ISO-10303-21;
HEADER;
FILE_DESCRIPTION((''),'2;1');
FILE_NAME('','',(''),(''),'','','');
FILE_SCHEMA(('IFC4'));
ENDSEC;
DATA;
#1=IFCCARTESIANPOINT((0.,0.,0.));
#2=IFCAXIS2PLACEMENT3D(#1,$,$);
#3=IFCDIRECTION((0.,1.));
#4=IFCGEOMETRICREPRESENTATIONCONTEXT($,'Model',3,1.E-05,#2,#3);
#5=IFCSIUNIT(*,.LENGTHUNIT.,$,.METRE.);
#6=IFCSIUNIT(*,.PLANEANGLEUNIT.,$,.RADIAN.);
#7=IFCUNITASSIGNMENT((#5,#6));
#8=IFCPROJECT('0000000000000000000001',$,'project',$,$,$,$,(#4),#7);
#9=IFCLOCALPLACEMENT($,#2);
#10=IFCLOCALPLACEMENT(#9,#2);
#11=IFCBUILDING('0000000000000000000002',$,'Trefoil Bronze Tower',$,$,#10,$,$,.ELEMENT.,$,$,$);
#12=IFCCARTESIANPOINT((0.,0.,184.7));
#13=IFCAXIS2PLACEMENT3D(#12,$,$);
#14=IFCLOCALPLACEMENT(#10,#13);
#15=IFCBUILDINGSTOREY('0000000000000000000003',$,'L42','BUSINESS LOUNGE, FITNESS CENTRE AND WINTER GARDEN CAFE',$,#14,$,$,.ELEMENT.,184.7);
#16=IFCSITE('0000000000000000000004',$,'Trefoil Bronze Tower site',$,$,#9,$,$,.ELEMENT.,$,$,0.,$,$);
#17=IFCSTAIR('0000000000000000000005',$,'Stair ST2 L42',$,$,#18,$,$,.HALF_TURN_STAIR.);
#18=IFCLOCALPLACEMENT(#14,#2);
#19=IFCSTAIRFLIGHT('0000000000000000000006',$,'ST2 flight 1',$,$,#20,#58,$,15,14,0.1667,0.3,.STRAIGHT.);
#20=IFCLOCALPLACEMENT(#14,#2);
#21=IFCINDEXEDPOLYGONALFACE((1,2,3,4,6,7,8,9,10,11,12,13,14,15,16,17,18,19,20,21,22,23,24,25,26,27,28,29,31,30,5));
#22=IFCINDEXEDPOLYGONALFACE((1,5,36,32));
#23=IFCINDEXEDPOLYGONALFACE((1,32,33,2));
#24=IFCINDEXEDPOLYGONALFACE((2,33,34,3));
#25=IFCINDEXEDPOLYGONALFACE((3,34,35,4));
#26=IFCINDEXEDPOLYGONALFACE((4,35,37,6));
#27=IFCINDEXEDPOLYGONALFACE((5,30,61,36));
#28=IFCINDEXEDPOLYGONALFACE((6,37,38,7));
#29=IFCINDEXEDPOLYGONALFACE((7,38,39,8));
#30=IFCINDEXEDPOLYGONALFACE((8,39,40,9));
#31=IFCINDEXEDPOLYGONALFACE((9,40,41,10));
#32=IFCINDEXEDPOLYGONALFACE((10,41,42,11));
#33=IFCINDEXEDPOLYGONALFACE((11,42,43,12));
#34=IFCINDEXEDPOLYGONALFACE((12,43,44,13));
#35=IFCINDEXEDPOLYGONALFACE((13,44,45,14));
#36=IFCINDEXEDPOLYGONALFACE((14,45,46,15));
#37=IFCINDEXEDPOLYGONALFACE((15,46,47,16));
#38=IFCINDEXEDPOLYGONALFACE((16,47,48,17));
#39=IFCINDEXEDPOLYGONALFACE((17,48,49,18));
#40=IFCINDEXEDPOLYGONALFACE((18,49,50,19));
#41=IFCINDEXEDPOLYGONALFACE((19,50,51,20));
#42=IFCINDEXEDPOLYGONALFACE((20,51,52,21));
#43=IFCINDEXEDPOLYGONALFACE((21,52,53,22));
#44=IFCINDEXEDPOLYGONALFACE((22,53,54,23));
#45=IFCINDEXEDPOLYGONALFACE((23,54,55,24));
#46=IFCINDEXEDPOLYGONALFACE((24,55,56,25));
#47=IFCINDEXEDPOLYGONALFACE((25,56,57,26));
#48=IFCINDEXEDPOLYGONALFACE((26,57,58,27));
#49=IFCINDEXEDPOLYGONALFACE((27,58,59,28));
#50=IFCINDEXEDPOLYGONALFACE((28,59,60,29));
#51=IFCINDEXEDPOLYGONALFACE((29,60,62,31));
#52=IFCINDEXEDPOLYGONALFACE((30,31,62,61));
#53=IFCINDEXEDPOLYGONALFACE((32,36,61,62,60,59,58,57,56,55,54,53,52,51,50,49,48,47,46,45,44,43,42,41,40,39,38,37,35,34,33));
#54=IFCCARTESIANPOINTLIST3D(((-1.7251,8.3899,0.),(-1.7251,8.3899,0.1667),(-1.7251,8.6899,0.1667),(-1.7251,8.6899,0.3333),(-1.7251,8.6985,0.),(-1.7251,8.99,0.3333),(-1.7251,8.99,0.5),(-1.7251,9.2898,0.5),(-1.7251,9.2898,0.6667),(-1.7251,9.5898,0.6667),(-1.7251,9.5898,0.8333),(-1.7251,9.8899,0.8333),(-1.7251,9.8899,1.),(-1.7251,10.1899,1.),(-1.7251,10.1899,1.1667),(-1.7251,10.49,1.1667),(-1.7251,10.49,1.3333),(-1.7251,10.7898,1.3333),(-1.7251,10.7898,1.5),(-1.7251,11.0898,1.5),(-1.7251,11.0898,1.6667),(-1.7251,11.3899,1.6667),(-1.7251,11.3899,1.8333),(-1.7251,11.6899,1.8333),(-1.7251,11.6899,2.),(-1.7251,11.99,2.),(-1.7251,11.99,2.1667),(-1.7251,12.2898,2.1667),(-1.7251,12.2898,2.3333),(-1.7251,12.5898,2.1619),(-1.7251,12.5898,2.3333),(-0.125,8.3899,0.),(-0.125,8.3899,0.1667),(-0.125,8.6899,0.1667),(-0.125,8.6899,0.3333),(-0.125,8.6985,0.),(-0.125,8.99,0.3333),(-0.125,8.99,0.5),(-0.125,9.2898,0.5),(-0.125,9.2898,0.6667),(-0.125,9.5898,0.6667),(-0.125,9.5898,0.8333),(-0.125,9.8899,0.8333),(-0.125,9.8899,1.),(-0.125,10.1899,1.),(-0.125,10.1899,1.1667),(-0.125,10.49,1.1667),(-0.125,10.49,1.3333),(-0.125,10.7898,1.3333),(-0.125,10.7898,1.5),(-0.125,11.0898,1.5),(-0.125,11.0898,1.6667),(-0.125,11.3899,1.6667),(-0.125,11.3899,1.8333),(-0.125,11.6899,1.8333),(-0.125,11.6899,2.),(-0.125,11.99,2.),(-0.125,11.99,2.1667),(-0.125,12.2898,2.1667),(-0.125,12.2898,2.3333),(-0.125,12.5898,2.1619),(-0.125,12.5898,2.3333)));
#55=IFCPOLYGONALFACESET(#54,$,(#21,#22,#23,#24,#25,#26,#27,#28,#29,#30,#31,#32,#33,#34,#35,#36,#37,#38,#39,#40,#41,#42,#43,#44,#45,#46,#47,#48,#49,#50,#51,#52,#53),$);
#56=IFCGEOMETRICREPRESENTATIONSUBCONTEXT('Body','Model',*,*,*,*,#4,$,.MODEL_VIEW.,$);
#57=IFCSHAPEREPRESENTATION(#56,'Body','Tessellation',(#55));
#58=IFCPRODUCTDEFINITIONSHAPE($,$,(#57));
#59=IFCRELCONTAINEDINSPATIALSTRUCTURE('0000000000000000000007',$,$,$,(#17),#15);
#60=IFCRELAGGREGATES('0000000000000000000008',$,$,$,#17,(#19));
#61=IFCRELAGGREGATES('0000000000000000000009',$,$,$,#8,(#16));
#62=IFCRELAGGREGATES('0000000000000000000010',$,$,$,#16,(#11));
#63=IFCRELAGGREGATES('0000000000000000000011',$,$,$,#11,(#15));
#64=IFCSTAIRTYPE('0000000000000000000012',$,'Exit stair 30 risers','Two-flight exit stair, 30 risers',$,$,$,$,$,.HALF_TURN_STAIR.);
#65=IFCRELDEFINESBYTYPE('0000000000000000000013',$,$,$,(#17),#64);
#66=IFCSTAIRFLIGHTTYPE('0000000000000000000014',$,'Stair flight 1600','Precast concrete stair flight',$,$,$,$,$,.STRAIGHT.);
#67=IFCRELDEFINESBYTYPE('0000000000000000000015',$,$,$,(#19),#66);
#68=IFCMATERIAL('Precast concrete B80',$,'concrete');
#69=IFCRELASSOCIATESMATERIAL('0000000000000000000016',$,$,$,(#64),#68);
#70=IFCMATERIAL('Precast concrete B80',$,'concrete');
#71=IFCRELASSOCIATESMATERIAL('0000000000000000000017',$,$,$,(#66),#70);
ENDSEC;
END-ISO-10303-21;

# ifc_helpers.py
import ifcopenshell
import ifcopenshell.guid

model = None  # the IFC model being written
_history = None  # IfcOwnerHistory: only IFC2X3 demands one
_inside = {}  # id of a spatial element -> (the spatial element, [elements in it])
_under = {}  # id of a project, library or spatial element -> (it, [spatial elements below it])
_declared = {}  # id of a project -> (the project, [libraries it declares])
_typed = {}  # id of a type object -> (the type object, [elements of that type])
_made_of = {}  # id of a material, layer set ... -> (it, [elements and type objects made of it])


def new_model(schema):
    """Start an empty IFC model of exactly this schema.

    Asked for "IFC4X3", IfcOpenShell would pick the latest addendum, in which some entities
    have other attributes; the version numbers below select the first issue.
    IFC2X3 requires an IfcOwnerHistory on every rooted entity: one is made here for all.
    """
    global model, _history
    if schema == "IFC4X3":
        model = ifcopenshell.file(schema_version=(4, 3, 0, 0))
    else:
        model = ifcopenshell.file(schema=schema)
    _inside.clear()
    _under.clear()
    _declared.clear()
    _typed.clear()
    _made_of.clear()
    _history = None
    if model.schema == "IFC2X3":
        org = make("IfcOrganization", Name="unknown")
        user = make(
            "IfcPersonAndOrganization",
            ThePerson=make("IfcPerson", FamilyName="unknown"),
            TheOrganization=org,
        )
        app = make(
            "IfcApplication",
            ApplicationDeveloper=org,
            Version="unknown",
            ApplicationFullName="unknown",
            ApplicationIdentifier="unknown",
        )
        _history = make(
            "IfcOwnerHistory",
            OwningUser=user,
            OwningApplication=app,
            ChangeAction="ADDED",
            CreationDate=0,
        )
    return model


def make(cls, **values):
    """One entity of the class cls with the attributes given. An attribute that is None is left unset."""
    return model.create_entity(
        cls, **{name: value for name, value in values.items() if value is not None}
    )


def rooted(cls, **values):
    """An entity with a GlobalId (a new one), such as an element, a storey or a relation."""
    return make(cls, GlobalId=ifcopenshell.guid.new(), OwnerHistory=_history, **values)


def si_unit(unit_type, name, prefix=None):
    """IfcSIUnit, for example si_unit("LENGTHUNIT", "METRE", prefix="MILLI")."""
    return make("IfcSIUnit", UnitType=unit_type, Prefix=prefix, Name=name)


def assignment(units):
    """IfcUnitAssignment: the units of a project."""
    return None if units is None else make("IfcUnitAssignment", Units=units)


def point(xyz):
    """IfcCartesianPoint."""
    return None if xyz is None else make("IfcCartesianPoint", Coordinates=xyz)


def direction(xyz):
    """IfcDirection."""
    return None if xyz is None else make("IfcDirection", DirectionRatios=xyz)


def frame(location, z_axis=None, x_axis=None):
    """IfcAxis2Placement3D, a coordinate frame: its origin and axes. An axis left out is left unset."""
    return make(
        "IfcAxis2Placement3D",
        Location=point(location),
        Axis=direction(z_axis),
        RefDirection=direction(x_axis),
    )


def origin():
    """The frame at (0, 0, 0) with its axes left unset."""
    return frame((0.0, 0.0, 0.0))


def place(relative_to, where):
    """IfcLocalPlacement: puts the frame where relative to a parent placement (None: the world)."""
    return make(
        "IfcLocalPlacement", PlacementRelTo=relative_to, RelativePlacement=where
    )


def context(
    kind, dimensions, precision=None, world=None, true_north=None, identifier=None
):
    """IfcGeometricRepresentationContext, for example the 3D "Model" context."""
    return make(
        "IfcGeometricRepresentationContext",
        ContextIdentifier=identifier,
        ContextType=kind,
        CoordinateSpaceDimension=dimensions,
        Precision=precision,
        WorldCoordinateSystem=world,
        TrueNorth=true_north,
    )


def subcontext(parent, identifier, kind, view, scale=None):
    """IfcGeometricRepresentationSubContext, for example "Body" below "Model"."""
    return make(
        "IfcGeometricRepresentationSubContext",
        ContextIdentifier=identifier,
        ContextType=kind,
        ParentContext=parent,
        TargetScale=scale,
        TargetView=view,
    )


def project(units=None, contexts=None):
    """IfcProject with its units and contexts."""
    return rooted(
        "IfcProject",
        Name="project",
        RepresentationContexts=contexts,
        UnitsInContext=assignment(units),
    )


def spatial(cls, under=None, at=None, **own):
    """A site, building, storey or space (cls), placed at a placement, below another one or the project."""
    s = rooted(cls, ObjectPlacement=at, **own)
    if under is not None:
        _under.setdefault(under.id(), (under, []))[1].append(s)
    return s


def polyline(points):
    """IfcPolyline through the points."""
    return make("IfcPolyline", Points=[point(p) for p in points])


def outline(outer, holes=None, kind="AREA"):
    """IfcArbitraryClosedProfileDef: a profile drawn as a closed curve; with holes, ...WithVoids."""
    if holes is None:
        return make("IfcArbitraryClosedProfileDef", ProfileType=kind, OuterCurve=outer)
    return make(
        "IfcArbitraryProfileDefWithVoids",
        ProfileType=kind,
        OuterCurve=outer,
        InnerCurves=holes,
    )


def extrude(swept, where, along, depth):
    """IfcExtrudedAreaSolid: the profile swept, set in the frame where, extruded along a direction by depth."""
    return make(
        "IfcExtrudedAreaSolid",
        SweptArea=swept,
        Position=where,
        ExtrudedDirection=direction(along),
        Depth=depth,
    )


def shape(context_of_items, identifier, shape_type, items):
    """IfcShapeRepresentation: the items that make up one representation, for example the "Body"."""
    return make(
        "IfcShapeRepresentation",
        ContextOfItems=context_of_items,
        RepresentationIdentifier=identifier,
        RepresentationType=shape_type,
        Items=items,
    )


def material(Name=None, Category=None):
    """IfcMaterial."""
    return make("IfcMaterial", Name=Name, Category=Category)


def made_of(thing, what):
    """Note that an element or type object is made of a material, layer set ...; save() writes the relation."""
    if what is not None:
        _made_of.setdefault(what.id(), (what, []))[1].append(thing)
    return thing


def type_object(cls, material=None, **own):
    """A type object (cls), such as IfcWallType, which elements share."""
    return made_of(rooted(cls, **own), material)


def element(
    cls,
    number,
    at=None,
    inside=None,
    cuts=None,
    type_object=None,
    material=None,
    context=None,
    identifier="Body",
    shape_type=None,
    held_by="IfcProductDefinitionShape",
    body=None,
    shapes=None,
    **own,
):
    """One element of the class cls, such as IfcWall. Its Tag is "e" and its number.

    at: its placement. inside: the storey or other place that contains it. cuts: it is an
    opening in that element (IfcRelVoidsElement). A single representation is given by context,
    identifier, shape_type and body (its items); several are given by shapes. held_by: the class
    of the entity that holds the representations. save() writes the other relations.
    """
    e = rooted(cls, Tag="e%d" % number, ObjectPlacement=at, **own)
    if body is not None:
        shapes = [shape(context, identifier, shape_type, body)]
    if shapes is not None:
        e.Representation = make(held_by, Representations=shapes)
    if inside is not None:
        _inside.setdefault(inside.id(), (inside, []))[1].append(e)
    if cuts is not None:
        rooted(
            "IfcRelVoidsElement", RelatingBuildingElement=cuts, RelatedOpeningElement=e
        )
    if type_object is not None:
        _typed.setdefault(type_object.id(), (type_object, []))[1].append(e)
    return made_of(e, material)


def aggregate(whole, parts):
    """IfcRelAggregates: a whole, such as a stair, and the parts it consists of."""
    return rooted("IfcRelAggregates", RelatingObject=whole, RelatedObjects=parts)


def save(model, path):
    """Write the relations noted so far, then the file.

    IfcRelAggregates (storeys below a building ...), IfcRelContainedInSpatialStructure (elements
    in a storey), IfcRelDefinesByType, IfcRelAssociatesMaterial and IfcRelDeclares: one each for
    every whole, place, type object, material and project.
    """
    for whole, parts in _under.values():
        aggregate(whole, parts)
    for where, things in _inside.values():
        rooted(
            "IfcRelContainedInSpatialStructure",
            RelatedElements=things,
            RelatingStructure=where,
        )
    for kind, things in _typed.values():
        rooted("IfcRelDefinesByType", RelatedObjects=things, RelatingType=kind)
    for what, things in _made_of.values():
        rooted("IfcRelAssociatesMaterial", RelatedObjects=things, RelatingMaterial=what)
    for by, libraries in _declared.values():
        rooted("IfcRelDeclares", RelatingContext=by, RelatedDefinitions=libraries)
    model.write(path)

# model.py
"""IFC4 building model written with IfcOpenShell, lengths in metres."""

from ifc_helpers import new_model, si_unit, direction, frame, origin, place, context, subcontext, project, spatial, polyline, outline, extrude, material, type_object, element, aggregate, save


model = new_model("IFC4")

# Units and contexts
model_context = context("Model", 3, precision=1e-05, world=origin(), true_north=direction((0.0, 1.0)))
body_context = subcontext(model_context, "Body", "Model", "MODEL_VIEW")
ifc_project = project(units=[si_unit("LENGTHUNIT", "METRE"), si_unit("PLANEANGLEUNIT", "RADIAN")], contexts=[model_context])

# Site, building, storey
site_placement = place(None, origin())
site = spatial("IfcSite", under=ifc_project, at=site_placement, Name="Trefoil Bronze Tower site", CompositionType="ELEMENT", RefElevation=0.0)
building_placement = place(site_placement, origin())
building = spatial("IfcBuilding", under=site, at=building_placement, Name="Trefoil Bronze Tower", CompositionType="ELEMENT")
storey_placement = place(building_placement, frame((0.0, 0.0, 184.7)))
storey = spatial("IfcBuildingStorey", under=building, at=storey_placement, Name="L42", Description="BUSINESS LOUNGE, FITNESS CENTRE AND WINTER GARDEN CAFE", CompositionType="ELEMENT", Elevation=184.7)

# Stair, stair flight
ifc_material_1 = material(Name="Precast concrete B80", Category="concrete")
stair_type = type_object("IfcStairType", Name="Exit stair 30 risers", Description="Two-flight exit stair, 30 risers", PredefinedType="HALF_TURN_STAIR", material=ifc_material_1)
stair_placement = place(storey_placement, origin())
stair = element("IfcStair", 1, at=stair_placement, inside=storey, type_object=stair_type, Name="Stair ST2 L42", PredefinedType="HALF_TURN_STAIR")
ifc_material_2 = material(Name="Precast concrete B80", Category="concrete")
stair_flight_type = type_object("IfcStairFlightType", Name="Stair flight 1600", Description="Precast concrete stair flight", PredefinedType="STRAIGHT", material=ifc_material_2)
stair_flight_placement = place(storey_placement, frame((-0.925, 8.3899, 0.0), z_axis=(0.0, 0.0, 1.0), x_axis=(0.0, 1.0, 0.0)))
stair_flight = element("IfcStairFlight", 2, at=stair_flight_placement, type_object=stair_flight_type, Name="ST2 flight 1", NumberOfRisers=15, NumberOfTreads=14, PredefinedType="STRAIGHT", RiserHeight=0.1667, TreadLength=0.3, context=body_context, shape_type="SweptSolid", body=[
    extrude(outline(polyline([(0.0, 0.0), (0.0, 0.1667), (0.3, 0.1667), (0.3, 0.3333), (0.6001, 0.3333), (0.6001, 0.5), (0.8999, 0.5), (0.8999, 0.6667), (1.2, 0.6667), (1.2, 0.8333), (1.5, 0.8333), (1.5, 1.0), (1.8, 1.0), (1.8, 1.1667), (2.1001, 1.1667), (2.1001, 1.3333), (2.3999, 1.3333), (2.3999, 1.5), (2.7, 1.5), (2.7, 1.6667), (3.0, 1.6667), (3.0, 1.8333), (3.3, 1.8333), (3.3, 2.0), (3.6001, 2.0), (3.6001, 2.1667), (3.8999, 2.1667), (3.8999, 2.3333), (4.2, 2.3333), (4.2, 2.5), (4.2, 2.1619), (0.3086, 0.0), (0.0, 0.0)])), frame((0.0, 0.8, 0.0), z_axis=(0.0, -1.0, 0.0), x_axis=(1.0, 0.0, 0.0)), (0.0, 0.0, 1.0), 1.6001),
])
aggregate(stair, [stair_flight])

save(model, "model.ifc")
